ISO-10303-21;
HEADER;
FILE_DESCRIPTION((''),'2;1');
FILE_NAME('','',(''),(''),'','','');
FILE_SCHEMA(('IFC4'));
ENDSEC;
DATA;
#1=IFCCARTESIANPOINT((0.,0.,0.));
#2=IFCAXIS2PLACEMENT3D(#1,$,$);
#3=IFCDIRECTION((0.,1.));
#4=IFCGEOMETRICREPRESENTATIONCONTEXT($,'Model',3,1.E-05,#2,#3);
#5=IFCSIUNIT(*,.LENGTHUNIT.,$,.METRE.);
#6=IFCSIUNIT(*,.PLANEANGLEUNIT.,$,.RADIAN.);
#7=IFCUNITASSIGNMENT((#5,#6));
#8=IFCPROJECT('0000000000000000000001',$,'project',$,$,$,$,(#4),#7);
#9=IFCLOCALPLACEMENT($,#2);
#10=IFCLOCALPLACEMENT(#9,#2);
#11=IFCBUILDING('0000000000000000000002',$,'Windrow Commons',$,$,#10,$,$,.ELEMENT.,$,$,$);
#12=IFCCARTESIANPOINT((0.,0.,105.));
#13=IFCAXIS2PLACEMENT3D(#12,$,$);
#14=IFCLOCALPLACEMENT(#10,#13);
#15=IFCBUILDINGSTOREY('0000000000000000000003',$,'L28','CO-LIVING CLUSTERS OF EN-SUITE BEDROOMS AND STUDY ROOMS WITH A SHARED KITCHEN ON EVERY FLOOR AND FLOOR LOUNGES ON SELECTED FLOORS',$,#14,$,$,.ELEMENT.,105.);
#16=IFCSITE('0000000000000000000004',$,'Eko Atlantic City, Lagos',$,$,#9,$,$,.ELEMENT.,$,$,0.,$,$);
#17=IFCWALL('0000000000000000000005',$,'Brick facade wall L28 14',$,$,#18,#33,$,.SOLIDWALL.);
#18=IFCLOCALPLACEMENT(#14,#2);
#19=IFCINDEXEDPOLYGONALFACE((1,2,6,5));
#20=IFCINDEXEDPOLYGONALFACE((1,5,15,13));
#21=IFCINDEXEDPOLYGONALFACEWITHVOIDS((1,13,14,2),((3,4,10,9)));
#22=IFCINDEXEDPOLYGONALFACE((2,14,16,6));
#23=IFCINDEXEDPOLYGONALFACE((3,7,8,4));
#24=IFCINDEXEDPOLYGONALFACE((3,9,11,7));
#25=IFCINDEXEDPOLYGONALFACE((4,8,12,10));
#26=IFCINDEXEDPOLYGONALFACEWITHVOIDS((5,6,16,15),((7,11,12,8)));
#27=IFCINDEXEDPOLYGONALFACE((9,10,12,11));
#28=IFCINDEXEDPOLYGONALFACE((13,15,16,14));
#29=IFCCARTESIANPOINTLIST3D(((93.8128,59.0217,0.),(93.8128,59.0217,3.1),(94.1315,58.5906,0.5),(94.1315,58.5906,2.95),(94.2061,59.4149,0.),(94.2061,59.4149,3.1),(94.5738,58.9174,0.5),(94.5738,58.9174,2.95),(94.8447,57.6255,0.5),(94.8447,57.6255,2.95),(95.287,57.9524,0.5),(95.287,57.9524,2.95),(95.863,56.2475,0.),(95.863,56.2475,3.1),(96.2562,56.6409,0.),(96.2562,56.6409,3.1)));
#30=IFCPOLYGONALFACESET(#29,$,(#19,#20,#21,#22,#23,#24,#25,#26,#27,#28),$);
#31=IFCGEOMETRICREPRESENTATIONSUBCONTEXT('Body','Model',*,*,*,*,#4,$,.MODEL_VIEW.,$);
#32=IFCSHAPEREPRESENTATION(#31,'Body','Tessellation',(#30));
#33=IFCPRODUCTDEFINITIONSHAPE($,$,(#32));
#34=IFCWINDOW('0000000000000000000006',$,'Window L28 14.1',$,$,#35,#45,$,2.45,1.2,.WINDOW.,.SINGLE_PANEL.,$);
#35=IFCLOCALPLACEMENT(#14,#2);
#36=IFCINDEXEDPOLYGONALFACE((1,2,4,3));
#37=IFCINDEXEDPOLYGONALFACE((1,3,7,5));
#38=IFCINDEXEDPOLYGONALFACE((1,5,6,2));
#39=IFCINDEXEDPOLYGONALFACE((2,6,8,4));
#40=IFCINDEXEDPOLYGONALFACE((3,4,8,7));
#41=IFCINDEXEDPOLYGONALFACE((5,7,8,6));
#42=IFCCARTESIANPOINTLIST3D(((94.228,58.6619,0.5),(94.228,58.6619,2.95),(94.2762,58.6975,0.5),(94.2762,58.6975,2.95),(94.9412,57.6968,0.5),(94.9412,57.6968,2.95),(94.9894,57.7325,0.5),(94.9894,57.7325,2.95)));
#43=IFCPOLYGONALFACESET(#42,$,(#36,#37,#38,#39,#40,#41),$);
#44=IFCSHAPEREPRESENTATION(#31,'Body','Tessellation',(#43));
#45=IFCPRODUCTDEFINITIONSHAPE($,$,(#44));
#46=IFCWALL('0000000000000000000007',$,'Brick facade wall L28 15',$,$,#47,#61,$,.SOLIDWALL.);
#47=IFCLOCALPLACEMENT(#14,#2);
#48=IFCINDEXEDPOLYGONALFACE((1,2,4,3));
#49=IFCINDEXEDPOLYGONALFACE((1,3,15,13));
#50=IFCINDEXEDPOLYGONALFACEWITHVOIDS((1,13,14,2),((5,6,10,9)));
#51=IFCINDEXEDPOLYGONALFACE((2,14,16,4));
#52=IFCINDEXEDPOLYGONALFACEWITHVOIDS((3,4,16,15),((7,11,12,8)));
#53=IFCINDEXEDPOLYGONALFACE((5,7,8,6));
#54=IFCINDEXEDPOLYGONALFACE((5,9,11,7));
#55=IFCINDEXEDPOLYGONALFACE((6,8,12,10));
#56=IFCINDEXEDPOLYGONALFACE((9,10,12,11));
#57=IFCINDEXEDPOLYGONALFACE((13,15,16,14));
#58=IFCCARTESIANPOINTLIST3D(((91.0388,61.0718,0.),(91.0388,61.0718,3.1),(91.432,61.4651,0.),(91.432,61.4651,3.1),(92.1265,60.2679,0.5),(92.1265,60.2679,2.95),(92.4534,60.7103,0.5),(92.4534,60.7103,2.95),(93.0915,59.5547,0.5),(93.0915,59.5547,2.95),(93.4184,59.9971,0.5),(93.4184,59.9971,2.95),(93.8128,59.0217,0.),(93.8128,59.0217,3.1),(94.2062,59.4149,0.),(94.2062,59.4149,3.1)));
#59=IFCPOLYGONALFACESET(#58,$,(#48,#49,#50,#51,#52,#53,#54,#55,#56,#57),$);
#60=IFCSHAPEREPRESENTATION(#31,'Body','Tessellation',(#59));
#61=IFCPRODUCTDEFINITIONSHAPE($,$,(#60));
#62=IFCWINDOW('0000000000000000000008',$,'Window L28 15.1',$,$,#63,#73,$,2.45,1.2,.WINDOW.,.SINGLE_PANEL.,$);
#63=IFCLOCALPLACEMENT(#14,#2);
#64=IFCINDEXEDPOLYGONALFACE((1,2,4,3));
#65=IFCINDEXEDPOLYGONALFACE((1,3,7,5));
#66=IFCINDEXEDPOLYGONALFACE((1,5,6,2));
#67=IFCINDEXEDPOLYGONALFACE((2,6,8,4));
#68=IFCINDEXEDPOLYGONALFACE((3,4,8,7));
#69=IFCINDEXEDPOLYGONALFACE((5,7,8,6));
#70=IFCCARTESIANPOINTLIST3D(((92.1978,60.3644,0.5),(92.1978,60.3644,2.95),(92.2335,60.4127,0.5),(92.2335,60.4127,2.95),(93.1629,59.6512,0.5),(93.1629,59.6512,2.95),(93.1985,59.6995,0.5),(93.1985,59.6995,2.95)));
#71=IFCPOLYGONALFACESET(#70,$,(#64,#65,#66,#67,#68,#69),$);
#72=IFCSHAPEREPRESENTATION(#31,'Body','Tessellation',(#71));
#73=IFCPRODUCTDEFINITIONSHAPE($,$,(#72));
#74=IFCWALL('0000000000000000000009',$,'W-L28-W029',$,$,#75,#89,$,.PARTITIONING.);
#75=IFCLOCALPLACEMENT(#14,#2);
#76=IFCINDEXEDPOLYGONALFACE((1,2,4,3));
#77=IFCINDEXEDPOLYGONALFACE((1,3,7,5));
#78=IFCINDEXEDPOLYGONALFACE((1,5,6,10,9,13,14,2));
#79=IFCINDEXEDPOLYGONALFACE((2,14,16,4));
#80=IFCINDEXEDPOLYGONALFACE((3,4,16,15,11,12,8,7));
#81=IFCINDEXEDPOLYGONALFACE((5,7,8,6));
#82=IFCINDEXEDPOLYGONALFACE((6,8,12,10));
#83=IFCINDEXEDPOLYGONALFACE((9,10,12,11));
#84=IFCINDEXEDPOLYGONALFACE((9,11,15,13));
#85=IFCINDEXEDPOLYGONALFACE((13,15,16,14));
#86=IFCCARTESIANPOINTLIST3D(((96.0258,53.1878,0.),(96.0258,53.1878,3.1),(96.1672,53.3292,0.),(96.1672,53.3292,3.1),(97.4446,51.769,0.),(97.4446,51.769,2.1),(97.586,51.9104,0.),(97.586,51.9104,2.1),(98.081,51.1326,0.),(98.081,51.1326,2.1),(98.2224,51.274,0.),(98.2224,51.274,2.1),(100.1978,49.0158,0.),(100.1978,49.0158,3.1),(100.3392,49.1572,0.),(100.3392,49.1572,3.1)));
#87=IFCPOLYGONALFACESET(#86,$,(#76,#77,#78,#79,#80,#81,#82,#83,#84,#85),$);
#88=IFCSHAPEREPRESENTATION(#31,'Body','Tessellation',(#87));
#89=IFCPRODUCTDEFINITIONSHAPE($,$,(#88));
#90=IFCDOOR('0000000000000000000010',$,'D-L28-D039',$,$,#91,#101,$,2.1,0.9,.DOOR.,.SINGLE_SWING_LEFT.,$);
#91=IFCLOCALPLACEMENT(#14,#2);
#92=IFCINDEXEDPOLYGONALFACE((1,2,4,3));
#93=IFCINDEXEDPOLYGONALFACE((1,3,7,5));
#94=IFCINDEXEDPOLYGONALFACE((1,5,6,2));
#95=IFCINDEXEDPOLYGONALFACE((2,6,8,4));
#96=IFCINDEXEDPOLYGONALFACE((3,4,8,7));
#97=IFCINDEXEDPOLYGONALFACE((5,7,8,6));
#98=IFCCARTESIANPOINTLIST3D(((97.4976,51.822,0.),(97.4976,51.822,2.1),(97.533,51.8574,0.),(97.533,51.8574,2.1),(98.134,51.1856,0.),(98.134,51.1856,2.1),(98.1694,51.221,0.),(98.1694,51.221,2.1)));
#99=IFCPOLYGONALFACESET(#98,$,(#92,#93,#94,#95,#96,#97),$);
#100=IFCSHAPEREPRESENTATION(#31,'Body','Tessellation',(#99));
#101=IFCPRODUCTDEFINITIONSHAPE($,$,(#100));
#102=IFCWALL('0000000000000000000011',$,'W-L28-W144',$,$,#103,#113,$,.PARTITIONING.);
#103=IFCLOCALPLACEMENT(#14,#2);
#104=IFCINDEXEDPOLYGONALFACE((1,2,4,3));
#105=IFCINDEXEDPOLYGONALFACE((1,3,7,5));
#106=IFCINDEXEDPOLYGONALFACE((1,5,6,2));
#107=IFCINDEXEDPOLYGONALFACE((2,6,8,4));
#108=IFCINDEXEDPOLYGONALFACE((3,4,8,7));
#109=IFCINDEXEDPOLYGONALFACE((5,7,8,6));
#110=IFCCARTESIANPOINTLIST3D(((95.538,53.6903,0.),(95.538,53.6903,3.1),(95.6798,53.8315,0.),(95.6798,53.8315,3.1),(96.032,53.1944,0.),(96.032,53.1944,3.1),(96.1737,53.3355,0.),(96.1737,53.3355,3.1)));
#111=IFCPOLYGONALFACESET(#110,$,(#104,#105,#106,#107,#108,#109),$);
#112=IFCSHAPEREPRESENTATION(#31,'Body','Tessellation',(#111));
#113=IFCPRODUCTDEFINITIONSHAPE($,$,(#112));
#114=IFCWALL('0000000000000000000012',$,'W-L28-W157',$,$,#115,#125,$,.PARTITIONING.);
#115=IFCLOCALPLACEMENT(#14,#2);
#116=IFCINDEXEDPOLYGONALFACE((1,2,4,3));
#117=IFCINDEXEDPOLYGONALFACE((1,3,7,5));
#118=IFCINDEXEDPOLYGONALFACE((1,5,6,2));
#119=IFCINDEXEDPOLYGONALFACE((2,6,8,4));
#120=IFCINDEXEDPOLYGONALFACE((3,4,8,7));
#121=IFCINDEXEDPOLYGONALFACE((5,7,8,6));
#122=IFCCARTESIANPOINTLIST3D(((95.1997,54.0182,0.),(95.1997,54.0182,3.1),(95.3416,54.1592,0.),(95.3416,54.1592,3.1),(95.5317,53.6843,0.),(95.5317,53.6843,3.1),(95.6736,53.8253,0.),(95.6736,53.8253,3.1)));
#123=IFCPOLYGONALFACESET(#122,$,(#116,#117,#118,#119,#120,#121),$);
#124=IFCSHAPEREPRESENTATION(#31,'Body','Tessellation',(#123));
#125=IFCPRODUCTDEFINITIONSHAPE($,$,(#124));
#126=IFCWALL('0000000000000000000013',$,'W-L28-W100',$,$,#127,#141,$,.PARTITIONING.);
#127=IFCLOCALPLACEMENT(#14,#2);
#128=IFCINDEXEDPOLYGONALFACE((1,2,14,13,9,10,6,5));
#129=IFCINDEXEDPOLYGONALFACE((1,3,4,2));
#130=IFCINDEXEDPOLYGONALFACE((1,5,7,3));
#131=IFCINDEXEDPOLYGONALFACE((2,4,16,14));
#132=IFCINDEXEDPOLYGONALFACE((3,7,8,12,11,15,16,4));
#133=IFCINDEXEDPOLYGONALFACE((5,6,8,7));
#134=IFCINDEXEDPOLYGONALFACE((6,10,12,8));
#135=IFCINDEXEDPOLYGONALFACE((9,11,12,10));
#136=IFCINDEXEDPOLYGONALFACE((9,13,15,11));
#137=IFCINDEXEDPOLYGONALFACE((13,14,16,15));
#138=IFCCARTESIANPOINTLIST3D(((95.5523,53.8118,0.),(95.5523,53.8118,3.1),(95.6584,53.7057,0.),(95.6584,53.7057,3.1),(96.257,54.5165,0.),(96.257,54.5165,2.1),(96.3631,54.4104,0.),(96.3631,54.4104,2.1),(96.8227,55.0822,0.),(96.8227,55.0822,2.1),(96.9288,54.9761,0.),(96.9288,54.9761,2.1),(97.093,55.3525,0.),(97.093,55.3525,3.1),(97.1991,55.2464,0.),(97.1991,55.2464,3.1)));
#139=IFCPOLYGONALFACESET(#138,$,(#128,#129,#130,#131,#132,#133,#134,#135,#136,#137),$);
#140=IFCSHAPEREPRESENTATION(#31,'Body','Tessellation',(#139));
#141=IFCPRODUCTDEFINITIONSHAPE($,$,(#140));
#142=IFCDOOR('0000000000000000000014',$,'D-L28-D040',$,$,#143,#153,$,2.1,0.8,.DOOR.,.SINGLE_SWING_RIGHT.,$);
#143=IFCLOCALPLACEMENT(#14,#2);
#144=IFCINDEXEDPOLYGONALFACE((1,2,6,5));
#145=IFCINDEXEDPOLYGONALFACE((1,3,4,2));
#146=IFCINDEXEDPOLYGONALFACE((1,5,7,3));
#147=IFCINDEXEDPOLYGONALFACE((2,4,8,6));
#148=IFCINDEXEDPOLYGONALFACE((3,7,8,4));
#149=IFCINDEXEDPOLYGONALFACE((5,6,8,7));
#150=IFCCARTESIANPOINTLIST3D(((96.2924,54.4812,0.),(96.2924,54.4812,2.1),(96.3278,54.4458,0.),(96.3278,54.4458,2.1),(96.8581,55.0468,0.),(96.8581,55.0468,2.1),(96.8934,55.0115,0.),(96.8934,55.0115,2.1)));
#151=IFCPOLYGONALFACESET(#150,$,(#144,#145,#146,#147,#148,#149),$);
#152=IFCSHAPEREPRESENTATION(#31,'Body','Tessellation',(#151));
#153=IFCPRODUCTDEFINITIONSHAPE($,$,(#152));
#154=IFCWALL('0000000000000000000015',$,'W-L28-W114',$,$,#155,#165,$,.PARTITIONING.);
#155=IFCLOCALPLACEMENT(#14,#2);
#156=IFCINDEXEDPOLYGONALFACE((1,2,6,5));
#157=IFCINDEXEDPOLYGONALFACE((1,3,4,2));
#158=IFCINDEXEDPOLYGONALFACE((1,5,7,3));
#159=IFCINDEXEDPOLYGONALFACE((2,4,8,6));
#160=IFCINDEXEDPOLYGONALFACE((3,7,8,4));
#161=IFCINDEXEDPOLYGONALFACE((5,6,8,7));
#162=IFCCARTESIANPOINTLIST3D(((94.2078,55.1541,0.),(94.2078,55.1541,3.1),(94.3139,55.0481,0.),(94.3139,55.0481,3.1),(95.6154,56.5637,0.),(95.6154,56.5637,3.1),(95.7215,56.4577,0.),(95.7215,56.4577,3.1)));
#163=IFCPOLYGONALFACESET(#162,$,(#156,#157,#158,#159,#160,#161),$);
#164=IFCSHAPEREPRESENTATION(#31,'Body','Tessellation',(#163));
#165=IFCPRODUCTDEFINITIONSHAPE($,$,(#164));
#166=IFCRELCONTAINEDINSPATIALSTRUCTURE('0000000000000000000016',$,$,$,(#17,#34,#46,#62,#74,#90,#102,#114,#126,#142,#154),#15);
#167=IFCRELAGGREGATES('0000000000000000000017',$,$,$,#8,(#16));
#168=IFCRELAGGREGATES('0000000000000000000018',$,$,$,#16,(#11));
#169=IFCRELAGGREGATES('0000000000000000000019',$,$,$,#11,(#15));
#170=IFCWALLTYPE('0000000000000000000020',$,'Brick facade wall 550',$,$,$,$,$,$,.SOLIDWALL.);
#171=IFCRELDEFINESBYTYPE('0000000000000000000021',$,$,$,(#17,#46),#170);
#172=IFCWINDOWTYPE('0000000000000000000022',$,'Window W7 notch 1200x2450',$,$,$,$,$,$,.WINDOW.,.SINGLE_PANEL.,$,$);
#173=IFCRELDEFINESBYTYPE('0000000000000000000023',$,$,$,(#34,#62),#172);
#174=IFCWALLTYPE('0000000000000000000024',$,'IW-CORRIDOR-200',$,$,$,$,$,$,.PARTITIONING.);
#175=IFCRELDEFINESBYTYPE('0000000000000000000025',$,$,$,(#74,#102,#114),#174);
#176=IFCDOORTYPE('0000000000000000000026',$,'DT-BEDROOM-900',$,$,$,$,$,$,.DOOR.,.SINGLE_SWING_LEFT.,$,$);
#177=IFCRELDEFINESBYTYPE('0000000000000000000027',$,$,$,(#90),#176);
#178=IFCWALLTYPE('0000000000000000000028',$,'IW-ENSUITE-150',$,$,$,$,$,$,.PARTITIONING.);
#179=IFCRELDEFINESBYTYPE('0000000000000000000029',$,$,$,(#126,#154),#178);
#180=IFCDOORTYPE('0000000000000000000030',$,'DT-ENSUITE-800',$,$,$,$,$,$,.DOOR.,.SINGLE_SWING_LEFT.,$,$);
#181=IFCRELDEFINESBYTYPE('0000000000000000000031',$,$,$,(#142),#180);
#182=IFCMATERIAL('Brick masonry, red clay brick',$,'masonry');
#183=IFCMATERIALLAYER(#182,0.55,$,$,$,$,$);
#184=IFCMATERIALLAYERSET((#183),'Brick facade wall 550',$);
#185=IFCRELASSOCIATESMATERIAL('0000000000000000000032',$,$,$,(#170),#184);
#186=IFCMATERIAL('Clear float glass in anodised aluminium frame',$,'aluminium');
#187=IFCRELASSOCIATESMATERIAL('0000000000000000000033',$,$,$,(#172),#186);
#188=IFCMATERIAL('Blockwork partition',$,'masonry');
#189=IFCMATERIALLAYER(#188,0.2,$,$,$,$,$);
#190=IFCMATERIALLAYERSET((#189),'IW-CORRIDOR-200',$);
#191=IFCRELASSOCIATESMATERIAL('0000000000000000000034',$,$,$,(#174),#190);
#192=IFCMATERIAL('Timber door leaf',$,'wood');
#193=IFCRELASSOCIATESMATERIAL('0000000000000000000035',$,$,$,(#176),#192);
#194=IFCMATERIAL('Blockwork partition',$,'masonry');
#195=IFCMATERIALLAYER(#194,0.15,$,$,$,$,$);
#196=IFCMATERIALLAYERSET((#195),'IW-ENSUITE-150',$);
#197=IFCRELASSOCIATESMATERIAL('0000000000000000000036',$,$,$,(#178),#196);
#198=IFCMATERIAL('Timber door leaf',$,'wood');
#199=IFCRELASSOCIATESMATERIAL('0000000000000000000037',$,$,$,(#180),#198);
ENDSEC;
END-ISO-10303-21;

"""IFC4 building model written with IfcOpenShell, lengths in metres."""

from ifc_helpers import new_model, si_unit, direction, frame, frame_2d, origin, place, context, subcontext, project, spatial, polyline, rectangle, outline, extrude, material, layer, layer_set, type_object, element, fill, save


model = new_model("IFC4")

# Units and contexts
model_context = context("Model", 3, precision=1e-05, world=origin(), true_north=direction((0.0, 1.0)))
body_context = subcontext(model_context, "Body", "Model", "MODEL_VIEW")
ifc_project = project(units=[si_unit("LENGTHUNIT", "METRE"), si_unit("PLANEANGLEUNIT", "RADIAN")], contexts=[model_context])

# Site, building, storey
site_placement = place(None, origin())
site = spatial("IfcSite", under=ifc_project, at=site_placement, Name="Eko Atlantic City, Lagos", CompositionType="ELEMENT", RefElevation=0.0)
building_placement = place(site_placement, origin())
building = spatial("IfcBuilding", under=site, at=building_placement, Name="Windrow Commons", CompositionType="ELEMENT")
storey_placement = place(building_placement, frame((0.0, 0.0, 105.0)))
storey = spatial("IfcBuildingStorey", under=building, at=storey_placement, Name="L28", Description="CO-LIVING CLUSTERS OF EN-SUITE BEDROOMS AND STUDY ROOMS WITH A SHARED KITCHEN ON EVERY FLOOR AND FLOOR LOUNGES ON SELECTED FLOORS", CompositionType="ELEMENT", Elevation=105.0)

# Shared definitions
ifc_material_1 = material(Name="Brick masonry, red clay brick", Category="masonry")
ifc_layer_1 = layer(ifc_material_1, 0.55)
ifc_layer_set_1 = layer_set([ifc_layer_1], Name="Brick facade wall 550")
wall_type_1 = type_object("IfcWallType", Name="Brick facade wall 550", PredefinedType="SOLIDWALL", material=ifc_layer_set_1)
ifc_material_2 = material(Name="Clear float glass in anodised aluminium frame", Category="aluminium")
window_type_1 = type_object("IfcWindowType", Name="Window W7 notch 1200x2450", PartitioningType="SINGLE_PANEL", PredefinedType="WINDOW", material=ifc_material_2)

# Walls, openings, windows
wall_1_placement = place(storey_placement, frame((96.0596, 56.4442, 0.0), z_axis=(0.0, 0.0, 1.0), x_axis=(-0.594331, 0.804221, 0.0)))
wall_1 = element("IfcWall", 1, at=wall_1_placement, inside=storey, type_object=wall_type_1, Name="Brick facade wall L28 14", PredefinedType="SOLIDWALL", context=body_context, shape_type="SweptSolid", body=[
    extrude(outline(polyline([(0.0413, -0.275), (3.4907, -0.275), (3.4082, 0.275), (-0.0413, 0.275), (0.0413, -0.275)])), origin(), (0.0, 0.0, 1.0), 3.1),
])
opening_1_placement = place(wall_1_placement, frame((1.6721, 0.0, 0.5)))
opening_1 = element("IfcOpeningElement", 2, at=opening_1_placement, cuts=wall_1, PredefinedType="OPENING", context=body_context, shape_type="SweptSolid", body=[
    extrude(rectangle(XDim=1.2, YDim=2.45, at=frame_2d((0.6, 1.225))), frame((0.0, 0.285, 0.0), z_axis=(0.0, -1.0, 0.0), x_axis=(1.0, 0.0, 0.0)), (0.0, 0.0, 1.0), 0.57),
])
window_1_placement = place(opening_1_placement, origin())
window_1 = element("IfcWindow", 3, at=window_1_placement, inside=storey, type_object=window_type_1, Name="Window L28 14.1", OverallHeight=2.45, OverallWidth=1.2, PartitioningType="SINGLE_PANEL", PredefinedType="WINDOW", context=body_context, shape_type="SweptSolid", body=[
    extrude(rectangle(XDim=1.2, YDim=2.45, at=frame_2d((0.6, 1.225))), frame((0.0, 0.155, 0.0), z_axis=(0.0, -1.0, 0.0), x_axis=(1.0, 0.0, 0.0)), (0.0, 0.0, 1.0), 0.06),
])
fill(opening_1, window_1)
wall_2_placement = place(storey_placement, frame((94.0095, 59.2183, 0.0), z_axis=(0.0, 0.0, 1.0), x_axis=(-0.804221, 0.594331, 0.0)))
wall_2 = element("IfcWall", 4, at=wall_2_placement, inside=storey, type_object=wall_type_1, Name="Brick facade wall L28 15", PredefinedType="SOLIDWALL", context=body_context, shape_type="SweptSolid", body=[
    extrude(outline(polyline([(-0.0413, -0.275), (3.4082, -0.275), (3.4907, 0.275), (0.0413, 0.275), (-0.0413, -0.275)])), origin(), (0.0, 0.0, 1.0), 3.1),
])
opening_2_placement = place(wall_2_placement, frame((0.9382, 0.0, 0.5)))
opening_2 = element("IfcOpeningElement", 5, at=opening_2_placement, cuts=wall_2, PredefinedType="OPENING", context=body_context, shape_type="SweptSolid", body=[
    extrude(rectangle(XDim=1.2, YDim=2.45, at=frame_2d((0.6, 1.225))), frame((0.0, 0.285, 0.0), z_axis=(0.0, -1.0, 0.0), x_axis=(1.0, 0.0, 0.0)), (0.0, 0.0, 1.0), 0.57),
])
window_2_placement = place(opening_2_placement, origin())
window_2 = element("IfcWindow", 6, at=window_2_placement, inside=storey, type_object=window_type_1, Name="Window L28 15.1", OverallHeight=2.45, OverallWidth=1.2, PartitioningType="SINGLE_PANEL", PredefinedType="WINDOW", context=body_context, shape_type="SweptSolid", body=[
    extrude(rectangle(XDim=1.2, YDim=2.45, at=frame_2d((0.6, 1.225))), frame((0.0, 0.155, 0.0), z_axis=(0.0, -1.0, 0.0), x_axis=(1.0, 0.0, 0.0)), (0.0, 0.0, 1.0), 0.06),
])
fill(opening_2, window_2)

# Wall, opening, door
ifc_material_3 = material(Name="Blockwork partition", Category="masonry")
ifc_layer_2 = layer(ifc_material_3, 0.2)
ifc_layer_set_2 = layer_set([ifc_layer_2], Name="IW-CORRIDOR-200")
wall_type_2 = type_object("IfcWallType", Name="IW-CORRIDOR-200", PredefinedType="PARTITIONING", material=ifc_layer_set_2)
wall_3_placement = place(storey_placement, frame((96.0965, 53.2585, 0.0), z_axis=(0.0, 0.0, 1.0), x_axis=(0.707107, -0.707107, 0.0)))
wall_3 = element("IfcWall", 7, at=wall_3_placement, inside=storey, type_object=wall_type_2, Name="W-L28-W029", PredefinedType="PARTITIONING", context=body_context, shape_type="SweptSolid", body=[
    extrude(rectangle(XDim=5.9001, YDim=0.2, at=frame_2d((2.9501, 0.0))), origin(), (0.0, 0.0, 1.0), 3.1),
])
opening_3_placement = place(wall_3_placement, frame((2.0065, 0.0, 0.0)))
opening_3 = element("IfcOpeningElement", 8, at=opening_3_placement, cuts=wall_3, PredefinedType="OPENING", context=body_context, shape_type="SweptSolid", body=[
    extrude(rectangle(XDim=0.9, YDim=2.1, at=frame_2d((0.45, 1.05))), frame((0.0, 0.11, 0.0), z_axis=(0.0, -1.0, 0.0), x_axis=(1.0, 0.0, 0.0)), (0.0, 0.0, 1.0), 0.22),
])
ifc_material_4 = material(Name="Timber door leaf", Category="wood")
door_type_1 = type_object("IfcDoorType", Name="DT-BEDROOM-900", OperationType="SINGLE_SWING_LEFT", PredefinedType="DOOR", material=ifc_material_4)
door_1_placement = place(opening_3_placement, origin())
door_1 = element("IfcDoor", 9, at=door_1_placement, inside=storey, type_object=door_type_1, Name="D-L28-D039", OperationType="SINGLE_SWING_LEFT", OverallHeight=2.1, OverallWidth=0.9, PredefinedType="DOOR", context=body_context, shape_type="SweptSolid", body=[
    extrude(rectangle(XDim=0.9, YDim=2.1, at=frame_2d((0.45, 1.05))), frame((0.0, 0.025, 0.0), z_axis=(0.0, -1.0, 0.0), x_axis=(1.0, 0.0, 0.0)), (0.0, 0.0, 1.0), 0.05),
])
fill(opening_3, door_1)

# Walls
wall_4_placement = place(storey_placement, frame((95.6089, 53.7609, 0.0), z_axis=(0.0, 0.0, 1.0), x_axis=(0.705677, -0.708534, 0.0)))
element("IfcWall", 10, at=wall_4_placement, inside=storey, type_object=wall_type_2, Name="W-L28-W144", PredefinedType="PARTITIONING", context=body_context, shape_type="SweptSolid", body=[
    extrude(rectangle(XDim=0.7, YDim=0.2, at=frame_2d((0.35, 0.0))), origin(), (0.0, 0.0, 1.0), 3.1),
])
wall_5_placement = place(storey_placement, frame((95.2707, 54.0887, 0.0), z_axis=(0.0, 0.0, 1.0), x_axis=(0.70498, -0.709227, 0.0)))
element("IfcWall", 11, at=wall_5_placement, inside=storey, type_object=wall_type_2, Name="W-L28-W157", PredefinedType="PARTITIONING", context=body_context, shape_type="SweptSolid", body=[
    extrude(rectangle(XDim=0.4709, YDim=0.2, at=frame_2d((0.2354, 0.0))), origin(), (0.0, 0.0, 1.0), 3.1),
])

# Wall, opening, door
ifc_material_5 = material(Name="Blockwork partition", Category="masonry")
ifc_layer_3 = layer(ifc_material_5, 0.15)
ifc_layer_set_3 = layer_set([ifc_layer_3], Name="IW-ENSUITE-150")
wall_type_3 = type_object("IfcWallType", Name="IW-ENSUITE-150", PredefinedType="PARTITIONING", material=ifc_layer_set_3)
wall_6_placement = place(storey_placement, frame((95.6053, 53.7587, 0.0), z_axis=(0.0, 0.0, 1.0), x_axis=(0.707107, 0.707107, 0.0)))
wall_6 = element("IfcWall", 12, at=wall_6_placement, inside=storey, type_object=wall_type_3, Name="W-L28-W100", PredefinedType="PARTITIONING", context=body_context, shape_type="SweptSolid", body=[
    extrude(rectangle(XDim=2.1789, YDim=0.15, at=frame_2d((1.0895, 0.0))), origin(), (0.0, 0.0, 1.0), 3.1),
])
opening_4_placement = place(wall_6_placement, frame((0.9967, 0.0, 0.0)))
opening_4 = element("IfcOpeningElement", 13, at=opening_4_placement, cuts=wall_6, PredefinedType="OPENING", context=body_context, shape_type="SweptSolid", body=[
    extrude(rectangle(XDim=0.8, YDim=2.1, at=frame_2d((0.4, 1.05))), frame((0.0, 0.085, 0.0), z_axis=(0.0, -1.0, 0.0), x_axis=(1.0, 0.0, 0.0)), (0.0, 0.0, 1.0), 0.17),
])
ifc_material_6 = material(Name="Timber door leaf", Category="wood")
door_type_2 = type_object("IfcDoorType", Name="DT-ENSUITE-800", OperationType="SINGLE_SWING_LEFT", PredefinedType="DOOR", material=ifc_material_6)
door_2_placement = place(opening_4_placement, origin())
door_2 = element("IfcDoor", 14, at=door_2_placement, inside=storey, type_object=door_type_2, Name="D-L28-D040", OperationType="SINGLE_SWING_RIGHT", OverallHeight=2.1, OverallWidth=0.8, PredefinedType="DOOR", context=body_context, shape_type="SweptSolid", body=[
    extrude(rectangle(XDim=0.8, YDim=2.1, at=frame_2d((0.4, 1.05))), frame((0.0, 0.025, 0.0), z_axis=(0.0, -1.0, 0.0), x_axis=(1.0, 0.0, 0.0)), (0.0, 0.0, 1.0), 0.05),
])
fill(opening_4, door_2)

# Wall
wall_7_placement = place(storey_placement, frame((94.2609, 55.1011, 0.0), z_axis=(0.0, 0.0, 1.0), x_axis=(0.70658, 0.707634, 0.0)))
element("IfcWall", 15, at=wall_7_placement, inside=storey, type_object=wall_type_3, Name="W-L28-W114", PredefinedType="PARTITIONING", context=body_context, shape_type="SweptSolid", body=[
    extrude(rectangle(XDim=1.9921, YDim=0.15, at=frame_2d((0.996, 0.0))), origin(), (0.0, 0.0, 1.0), 3.1),
])

save(model, "model.ifc")
